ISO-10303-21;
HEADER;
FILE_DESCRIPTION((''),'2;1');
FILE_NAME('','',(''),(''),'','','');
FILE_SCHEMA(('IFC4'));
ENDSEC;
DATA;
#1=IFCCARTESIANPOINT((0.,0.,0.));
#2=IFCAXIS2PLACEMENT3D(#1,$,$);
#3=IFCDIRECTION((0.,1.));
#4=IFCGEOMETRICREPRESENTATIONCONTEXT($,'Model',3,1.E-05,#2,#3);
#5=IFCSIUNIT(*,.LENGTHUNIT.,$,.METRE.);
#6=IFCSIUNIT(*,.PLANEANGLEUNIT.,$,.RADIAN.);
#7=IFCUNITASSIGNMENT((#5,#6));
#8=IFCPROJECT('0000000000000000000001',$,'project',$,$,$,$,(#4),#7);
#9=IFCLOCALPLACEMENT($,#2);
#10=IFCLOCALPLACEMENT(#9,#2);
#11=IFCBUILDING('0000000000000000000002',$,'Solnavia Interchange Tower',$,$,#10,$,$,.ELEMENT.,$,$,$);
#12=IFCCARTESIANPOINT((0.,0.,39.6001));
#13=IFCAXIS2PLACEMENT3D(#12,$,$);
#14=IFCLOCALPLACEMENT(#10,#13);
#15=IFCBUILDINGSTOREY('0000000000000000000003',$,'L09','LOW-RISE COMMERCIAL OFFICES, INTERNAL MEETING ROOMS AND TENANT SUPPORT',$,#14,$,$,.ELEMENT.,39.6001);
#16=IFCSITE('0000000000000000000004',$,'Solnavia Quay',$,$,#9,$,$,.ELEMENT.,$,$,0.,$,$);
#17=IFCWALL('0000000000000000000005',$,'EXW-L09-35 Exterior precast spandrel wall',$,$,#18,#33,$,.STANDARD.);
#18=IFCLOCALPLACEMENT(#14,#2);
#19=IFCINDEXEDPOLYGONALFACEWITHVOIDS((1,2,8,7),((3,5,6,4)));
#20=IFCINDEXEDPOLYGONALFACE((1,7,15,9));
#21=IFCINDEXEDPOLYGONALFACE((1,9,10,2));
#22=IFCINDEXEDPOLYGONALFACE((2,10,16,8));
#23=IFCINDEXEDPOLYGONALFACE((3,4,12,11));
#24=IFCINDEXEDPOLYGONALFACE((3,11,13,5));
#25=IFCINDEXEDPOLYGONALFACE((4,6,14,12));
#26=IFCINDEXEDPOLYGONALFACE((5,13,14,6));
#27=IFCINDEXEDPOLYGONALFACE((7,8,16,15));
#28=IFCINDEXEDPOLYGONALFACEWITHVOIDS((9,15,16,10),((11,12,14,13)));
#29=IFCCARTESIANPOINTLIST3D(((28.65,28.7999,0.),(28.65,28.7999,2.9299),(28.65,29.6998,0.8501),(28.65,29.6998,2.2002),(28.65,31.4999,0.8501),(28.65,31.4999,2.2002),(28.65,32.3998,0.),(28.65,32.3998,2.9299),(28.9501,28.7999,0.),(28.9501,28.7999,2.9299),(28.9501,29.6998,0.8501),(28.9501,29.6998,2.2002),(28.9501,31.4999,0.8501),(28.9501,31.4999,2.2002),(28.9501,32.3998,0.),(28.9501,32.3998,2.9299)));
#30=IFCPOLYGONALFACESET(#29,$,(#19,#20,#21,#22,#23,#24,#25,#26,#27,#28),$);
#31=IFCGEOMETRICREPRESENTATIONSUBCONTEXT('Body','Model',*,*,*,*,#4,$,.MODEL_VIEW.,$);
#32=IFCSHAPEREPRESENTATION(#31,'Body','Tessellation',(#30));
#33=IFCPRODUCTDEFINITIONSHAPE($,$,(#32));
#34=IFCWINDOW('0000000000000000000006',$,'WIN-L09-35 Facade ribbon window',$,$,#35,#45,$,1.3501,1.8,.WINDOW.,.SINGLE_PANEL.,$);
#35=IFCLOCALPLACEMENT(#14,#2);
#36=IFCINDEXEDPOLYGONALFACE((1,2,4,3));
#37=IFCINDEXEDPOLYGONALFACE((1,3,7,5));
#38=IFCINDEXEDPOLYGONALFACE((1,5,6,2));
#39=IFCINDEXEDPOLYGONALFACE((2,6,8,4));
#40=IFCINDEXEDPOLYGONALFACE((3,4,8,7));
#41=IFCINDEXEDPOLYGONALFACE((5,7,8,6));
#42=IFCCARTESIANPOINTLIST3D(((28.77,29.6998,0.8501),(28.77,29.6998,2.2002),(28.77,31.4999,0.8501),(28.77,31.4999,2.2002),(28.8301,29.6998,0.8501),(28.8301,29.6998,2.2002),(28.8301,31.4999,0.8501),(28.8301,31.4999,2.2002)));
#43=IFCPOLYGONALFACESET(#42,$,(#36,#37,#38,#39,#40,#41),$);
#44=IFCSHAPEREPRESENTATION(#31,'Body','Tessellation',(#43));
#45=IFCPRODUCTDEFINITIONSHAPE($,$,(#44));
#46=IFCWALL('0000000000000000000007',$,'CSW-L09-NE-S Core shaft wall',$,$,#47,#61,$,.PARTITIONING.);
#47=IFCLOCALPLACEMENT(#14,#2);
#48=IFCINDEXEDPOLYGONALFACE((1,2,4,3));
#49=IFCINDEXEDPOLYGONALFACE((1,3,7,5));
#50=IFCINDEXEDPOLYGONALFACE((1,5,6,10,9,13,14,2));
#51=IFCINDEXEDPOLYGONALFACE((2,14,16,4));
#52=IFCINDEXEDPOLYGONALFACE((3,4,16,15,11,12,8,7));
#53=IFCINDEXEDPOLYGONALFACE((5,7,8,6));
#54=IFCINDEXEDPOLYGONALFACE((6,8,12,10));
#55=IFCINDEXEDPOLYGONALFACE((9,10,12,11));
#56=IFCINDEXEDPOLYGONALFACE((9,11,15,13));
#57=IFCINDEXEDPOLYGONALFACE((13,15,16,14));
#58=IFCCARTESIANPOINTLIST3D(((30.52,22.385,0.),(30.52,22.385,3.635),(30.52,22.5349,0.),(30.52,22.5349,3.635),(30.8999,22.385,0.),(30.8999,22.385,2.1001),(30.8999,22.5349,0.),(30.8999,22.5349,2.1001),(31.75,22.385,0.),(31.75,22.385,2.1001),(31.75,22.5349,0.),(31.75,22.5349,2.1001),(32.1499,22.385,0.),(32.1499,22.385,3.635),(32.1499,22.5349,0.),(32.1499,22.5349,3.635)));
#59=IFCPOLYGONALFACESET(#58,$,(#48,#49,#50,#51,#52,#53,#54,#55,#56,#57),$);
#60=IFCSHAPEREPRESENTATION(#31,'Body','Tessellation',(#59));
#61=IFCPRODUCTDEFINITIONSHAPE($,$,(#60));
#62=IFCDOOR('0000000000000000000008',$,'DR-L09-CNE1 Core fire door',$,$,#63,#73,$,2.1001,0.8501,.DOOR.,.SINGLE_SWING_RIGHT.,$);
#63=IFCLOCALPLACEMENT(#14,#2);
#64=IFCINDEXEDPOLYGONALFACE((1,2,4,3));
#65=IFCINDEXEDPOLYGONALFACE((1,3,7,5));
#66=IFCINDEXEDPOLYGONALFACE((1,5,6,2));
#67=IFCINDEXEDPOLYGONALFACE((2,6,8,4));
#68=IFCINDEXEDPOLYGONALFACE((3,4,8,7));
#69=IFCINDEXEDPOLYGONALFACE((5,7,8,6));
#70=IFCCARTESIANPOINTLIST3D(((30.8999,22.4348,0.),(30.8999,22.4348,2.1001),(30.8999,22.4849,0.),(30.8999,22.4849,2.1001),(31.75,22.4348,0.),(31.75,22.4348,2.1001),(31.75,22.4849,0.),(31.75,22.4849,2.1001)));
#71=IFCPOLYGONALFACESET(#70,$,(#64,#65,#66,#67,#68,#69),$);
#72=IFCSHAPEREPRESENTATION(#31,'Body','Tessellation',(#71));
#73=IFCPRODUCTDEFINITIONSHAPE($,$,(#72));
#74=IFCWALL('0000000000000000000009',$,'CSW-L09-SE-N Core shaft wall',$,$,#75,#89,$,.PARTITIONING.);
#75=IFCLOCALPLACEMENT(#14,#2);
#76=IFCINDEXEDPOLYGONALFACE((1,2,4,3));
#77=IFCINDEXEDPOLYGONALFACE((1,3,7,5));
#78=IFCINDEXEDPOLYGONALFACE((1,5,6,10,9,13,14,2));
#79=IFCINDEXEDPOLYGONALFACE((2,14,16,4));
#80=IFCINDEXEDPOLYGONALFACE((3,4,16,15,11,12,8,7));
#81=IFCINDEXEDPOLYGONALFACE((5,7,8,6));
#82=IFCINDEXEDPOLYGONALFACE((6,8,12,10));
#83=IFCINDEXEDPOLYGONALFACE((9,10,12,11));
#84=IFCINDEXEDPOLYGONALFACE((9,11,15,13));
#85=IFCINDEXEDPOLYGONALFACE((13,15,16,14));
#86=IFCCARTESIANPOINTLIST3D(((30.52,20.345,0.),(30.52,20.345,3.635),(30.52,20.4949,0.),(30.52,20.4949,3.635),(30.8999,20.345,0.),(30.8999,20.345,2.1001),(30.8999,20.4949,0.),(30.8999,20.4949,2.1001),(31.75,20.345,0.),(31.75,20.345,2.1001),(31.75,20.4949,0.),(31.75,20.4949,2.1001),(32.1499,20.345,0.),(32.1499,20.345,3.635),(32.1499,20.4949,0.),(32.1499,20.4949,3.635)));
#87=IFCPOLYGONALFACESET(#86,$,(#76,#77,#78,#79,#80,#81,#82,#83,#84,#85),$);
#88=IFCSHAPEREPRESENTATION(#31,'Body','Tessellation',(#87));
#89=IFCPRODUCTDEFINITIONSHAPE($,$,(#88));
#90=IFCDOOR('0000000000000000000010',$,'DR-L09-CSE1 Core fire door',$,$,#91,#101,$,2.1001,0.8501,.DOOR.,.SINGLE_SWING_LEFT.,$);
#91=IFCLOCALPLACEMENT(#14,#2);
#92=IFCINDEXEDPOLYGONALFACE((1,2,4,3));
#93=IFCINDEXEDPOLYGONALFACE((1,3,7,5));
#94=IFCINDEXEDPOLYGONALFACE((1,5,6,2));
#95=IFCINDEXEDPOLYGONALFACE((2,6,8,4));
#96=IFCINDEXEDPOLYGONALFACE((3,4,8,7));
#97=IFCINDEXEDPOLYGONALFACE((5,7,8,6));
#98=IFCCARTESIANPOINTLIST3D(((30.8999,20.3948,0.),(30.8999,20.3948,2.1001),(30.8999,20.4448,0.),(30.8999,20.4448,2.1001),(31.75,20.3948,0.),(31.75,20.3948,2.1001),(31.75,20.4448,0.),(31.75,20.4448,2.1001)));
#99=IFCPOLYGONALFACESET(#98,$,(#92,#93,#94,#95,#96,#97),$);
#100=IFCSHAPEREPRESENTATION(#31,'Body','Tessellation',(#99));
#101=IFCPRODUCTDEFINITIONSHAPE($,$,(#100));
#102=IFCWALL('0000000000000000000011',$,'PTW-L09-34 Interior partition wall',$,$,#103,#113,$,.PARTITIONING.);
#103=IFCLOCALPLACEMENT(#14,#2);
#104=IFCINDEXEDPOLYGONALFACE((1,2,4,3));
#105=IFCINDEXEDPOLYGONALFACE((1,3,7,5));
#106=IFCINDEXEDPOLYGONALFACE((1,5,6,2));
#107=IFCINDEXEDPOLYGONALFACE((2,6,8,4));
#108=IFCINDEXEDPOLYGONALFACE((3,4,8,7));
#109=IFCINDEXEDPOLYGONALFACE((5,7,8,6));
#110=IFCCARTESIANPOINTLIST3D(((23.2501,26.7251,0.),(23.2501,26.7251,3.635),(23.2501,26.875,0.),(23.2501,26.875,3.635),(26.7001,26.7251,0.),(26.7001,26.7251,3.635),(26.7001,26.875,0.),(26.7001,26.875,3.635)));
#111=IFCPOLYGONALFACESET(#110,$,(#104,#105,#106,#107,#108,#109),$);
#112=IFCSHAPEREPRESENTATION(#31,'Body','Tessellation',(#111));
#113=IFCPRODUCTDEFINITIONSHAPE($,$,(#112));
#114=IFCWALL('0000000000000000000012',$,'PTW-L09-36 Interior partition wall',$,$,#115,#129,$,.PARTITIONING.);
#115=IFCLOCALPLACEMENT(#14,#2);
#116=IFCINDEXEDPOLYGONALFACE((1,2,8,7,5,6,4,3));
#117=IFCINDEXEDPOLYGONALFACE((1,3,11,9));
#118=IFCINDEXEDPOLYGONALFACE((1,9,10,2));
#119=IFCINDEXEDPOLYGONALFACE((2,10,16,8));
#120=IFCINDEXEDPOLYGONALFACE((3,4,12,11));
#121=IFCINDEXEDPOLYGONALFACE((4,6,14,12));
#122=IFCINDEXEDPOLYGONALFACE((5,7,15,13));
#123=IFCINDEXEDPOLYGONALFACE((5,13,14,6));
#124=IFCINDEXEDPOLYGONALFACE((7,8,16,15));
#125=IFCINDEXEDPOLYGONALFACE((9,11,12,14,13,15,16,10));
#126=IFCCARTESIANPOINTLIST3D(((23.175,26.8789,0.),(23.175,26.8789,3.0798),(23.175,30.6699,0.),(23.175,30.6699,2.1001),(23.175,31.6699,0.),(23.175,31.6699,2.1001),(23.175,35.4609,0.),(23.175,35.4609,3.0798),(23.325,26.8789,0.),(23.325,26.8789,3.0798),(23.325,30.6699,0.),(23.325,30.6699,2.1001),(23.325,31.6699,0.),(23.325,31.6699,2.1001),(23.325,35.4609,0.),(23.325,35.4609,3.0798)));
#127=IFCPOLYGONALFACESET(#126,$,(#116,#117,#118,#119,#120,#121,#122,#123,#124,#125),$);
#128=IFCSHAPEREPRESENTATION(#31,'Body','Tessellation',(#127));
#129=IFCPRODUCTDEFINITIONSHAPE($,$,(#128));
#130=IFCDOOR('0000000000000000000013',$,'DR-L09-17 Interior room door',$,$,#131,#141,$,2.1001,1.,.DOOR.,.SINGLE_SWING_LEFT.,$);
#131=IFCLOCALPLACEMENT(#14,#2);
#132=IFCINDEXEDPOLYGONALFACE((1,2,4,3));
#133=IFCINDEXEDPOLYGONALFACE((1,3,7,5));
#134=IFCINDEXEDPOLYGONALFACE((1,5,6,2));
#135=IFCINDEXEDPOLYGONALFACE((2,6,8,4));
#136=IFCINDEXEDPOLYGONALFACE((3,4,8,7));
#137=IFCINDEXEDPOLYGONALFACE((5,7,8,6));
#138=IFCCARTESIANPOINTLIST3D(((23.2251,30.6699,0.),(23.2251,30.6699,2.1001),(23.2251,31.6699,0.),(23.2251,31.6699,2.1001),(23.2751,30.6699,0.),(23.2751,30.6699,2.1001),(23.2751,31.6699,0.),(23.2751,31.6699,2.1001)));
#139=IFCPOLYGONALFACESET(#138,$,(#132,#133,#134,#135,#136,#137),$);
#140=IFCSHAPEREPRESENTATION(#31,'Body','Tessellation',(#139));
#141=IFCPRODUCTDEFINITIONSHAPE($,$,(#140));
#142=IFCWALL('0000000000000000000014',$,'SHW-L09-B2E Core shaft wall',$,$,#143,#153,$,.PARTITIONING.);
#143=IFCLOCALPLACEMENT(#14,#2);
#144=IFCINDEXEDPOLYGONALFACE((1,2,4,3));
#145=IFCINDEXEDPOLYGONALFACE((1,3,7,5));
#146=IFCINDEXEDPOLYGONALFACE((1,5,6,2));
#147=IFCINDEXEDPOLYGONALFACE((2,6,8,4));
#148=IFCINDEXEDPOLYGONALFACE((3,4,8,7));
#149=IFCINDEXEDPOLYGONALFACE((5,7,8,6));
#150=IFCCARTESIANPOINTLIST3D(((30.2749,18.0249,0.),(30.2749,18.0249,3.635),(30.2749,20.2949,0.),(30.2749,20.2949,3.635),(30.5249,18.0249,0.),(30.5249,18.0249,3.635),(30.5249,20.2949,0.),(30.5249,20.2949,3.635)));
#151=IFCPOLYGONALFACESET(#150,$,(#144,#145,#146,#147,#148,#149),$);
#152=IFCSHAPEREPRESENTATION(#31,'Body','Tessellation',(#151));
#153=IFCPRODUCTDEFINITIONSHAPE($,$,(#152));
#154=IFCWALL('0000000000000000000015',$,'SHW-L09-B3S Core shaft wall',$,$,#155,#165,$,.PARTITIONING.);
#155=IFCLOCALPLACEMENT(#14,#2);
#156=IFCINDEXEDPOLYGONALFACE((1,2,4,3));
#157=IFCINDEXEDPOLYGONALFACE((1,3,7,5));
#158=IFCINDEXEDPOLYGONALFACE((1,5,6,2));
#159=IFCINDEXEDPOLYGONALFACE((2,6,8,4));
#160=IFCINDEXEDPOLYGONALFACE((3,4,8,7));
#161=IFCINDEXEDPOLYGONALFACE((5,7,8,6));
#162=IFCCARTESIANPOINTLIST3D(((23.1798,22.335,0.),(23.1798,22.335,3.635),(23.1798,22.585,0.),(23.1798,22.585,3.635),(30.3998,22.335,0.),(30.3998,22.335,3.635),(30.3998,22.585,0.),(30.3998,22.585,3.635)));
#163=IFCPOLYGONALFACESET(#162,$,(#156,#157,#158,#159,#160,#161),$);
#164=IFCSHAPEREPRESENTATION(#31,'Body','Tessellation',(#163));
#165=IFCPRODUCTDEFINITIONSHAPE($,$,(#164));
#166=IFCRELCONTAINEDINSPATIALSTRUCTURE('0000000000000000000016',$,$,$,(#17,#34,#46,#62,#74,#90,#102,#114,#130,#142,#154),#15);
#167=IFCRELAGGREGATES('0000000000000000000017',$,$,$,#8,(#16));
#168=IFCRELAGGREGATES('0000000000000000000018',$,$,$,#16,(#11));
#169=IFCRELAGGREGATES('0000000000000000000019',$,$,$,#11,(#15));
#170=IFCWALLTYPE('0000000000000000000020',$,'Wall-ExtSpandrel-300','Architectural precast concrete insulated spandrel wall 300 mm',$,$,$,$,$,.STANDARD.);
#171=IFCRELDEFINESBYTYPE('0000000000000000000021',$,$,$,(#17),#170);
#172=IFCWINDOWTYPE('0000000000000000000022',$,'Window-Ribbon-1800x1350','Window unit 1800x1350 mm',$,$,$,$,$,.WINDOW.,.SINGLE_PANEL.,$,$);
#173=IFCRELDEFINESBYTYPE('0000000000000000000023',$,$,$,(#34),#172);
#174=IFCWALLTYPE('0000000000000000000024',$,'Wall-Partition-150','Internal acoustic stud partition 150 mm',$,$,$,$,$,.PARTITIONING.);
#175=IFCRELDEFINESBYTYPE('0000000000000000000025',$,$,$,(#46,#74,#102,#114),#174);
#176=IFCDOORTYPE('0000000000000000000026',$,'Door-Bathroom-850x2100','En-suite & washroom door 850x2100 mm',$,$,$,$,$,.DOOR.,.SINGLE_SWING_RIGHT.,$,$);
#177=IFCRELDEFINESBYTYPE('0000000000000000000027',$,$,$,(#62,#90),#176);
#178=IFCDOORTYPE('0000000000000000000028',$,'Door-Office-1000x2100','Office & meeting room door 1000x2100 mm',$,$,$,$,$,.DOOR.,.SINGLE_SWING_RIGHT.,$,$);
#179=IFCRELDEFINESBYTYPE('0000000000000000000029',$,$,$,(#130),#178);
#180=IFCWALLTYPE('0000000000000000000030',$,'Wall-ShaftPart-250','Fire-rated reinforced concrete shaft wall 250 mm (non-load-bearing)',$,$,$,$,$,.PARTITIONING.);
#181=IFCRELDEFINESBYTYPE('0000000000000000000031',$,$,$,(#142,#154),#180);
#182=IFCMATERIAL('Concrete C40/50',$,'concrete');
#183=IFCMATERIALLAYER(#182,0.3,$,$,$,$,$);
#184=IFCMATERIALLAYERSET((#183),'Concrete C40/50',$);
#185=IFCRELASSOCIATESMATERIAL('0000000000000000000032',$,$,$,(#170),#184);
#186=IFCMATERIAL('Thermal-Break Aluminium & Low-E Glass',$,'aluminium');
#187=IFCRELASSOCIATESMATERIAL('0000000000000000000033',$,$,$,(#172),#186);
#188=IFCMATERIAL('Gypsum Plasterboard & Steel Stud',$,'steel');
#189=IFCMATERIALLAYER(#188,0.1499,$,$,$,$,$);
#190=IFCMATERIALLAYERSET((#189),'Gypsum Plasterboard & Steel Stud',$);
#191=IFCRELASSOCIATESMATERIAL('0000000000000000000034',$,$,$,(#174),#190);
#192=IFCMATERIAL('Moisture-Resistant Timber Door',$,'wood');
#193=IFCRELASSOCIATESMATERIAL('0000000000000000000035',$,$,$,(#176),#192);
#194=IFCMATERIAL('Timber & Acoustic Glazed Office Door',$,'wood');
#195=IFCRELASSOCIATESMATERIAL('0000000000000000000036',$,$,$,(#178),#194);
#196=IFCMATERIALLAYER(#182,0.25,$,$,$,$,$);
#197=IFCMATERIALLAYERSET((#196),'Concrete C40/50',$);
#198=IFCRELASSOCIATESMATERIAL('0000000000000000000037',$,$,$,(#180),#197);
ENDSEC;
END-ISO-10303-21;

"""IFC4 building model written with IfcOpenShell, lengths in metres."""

from ifc_helpers import new_model, si_unit, direction, frame, frame_2d, origin, place, context, subcontext, project, spatial, rectangle, extrude, material, layer, layer_set, type_object, element, fill, save


model = new_model("IFC4")

# Units and contexts
model_context = context("Model", 3, precision=1e-05, world=origin(), true_north=direction((0.0, 1.0)))
body_context = subcontext(model_context, "Body", "Model", "MODEL_VIEW")
ifc_project = project(units=[si_unit("LENGTHUNIT", "METRE"), si_unit("PLANEANGLEUNIT", "RADIAN")], contexts=[model_context])

# Site, building, storey
site_placement = place(None, origin())
site = spatial("IfcSite", under=ifc_project, at=site_placement, Name="Solnavia Quay", CompositionType="ELEMENT", RefElevation=0.0)
building_placement = place(site_placement, origin())
building = spatial("IfcBuilding", under=site, at=building_placement, Name="Solnavia Interchange Tower", CompositionType="ELEMENT")
storey_placement = place(building_placement, frame((0.0, 0.0, 39.6001)))
storey = spatial("IfcBuildingStorey", under=building, at=storey_placement, Name="L09", Description="LOW-RISE COMMERCIAL OFFICES, INTERNAL MEETING ROOMS AND TENANT SUPPORT", CompositionType="ELEMENT", Elevation=39.6001)

# Shared definitions
ifc_material_1 = material(Name="Concrete C40/50", Category="concrete")
ifc_layer_1 = layer(ifc_material_1, 0.3)
ifc_layer_set_1 = layer_set([ifc_layer_1], Name="Concrete C40/50")
wall_type_1 = type_object("IfcWallType", Name="Wall-ExtSpandrel-300", Description="Architectural precast concrete insulated spandrel wall 300 mm", PredefinedType="STANDARD", material=ifc_layer_set_1)

# Wall, opening, window
ifc_material_2 = material(Name="Thermal-Break Aluminium & Low-E Glass", Category="aluminium")
window_type = type_object("IfcWindowType", Name="Window-Ribbon-1800x1350", Description="Window unit 1800x1350 mm", PartitioningType="SINGLE_PANEL", PredefinedType="WINDOW", material=ifc_material_2)
wall_1_placement = place(storey_placement, frame((28.8, 28.8, 0.0), z_axis=(0.0, 0.0, 1.0), x_axis=(0.0, 1.0, 0.0)))
wall_1 = element("IfcWall", 1, at=wall_1_placement, inside=storey, type_object=wall_type_1, Name="EXW-L09-35 Exterior precast spandrel wall", PredefinedType="STANDARD", context=body_context, shape_type="SweptSolid", body=[
    extrude(rectangle(XDim=3.5999, YDim=0.3, at=frame_2d((1.7998, 0.0))), origin(), (0.0, 0.0, 1.0), 2.9299),
])
opening_1_placement = place(wall_1_placement, frame((0.8999, 0.0, 0.8501)))
opening_1 = element("IfcOpeningElement", 2, at=opening_1_placement, cuts=wall_1, PredefinedType="OPENING", context=body_context, shape_type="SweptSolid", body=[
    extrude(rectangle(XDim=1.8, YDim=1.3501, at=frame_2d((0.8999, 0.675))), frame((0.0, 0.1602, 0.0), z_axis=(0.0, -1.0, 0.0), x_axis=(1.0, 0.0, 0.0)), (0.0, 0.0, 1.0), 0.3201),
])
window_1_placement = place(opening_1_placement, origin())
window_1 = element("IfcWindow", 3, at=window_1_placement, inside=storey, type_object=window_type, Name="WIN-L09-35 Facade ribbon window", OverallHeight=1.3501, OverallWidth=1.8, PartitioningType="SINGLE_PANEL", PredefinedType="WINDOW", context=body_context, shape_type="SweptSolid", body=[
    extrude(rectangle(XDim=1.8, YDim=1.3501, at=frame_2d((0.8999, 0.675))), frame((0.0, 0.03, 0.0), z_axis=(0.0, -1.0, 0.0), x_axis=(1.0, 0.0, 0.0)), (0.0, 0.0, 1.0), 0.0601),
])
fill(opening_1, window_1)

# Walls, openings, doors
ifc_material_3 = material(Name="Gypsum Plasterboard & Steel Stud", Category="steel")
ifc_layer_2 = layer(ifc_material_3, 0.1499)
ifc_layer_set_2 = layer_set([ifc_layer_2], Name="Gypsum Plasterboard & Steel Stud")
wall_type_2 = type_object("IfcWallType", Name="Wall-Partition-150", Description="Internal acoustic stud partition 150 mm", PredefinedType="PARTITIONING", material=ifc_layer_set_2)
wall_2_placement = place(storey_placement, frame((30.52, 22.46, 0.0), z_axis=(0.0, 0.0, 1.0), x_axis=(1.0, 0.0, 0.0)))
wall_2 = element("IfcWall", 4, at=wall_2_placement, inside=storey, type_object=wall_type_2, Name="CSW-L09-NE-S Core shaft wall", PredefinedType="PARTITIONING", context=body_context, shape_type="SweptSolid", body=[
    extrude(rectangle(XDim=1.6299, YDim=0.1499, at=frame_2d((0.8149, 0.0))), origin(), (0.0, 0.0, 1.0), 3.635),
])
opening_2_placement = place(wall_2_placement, frame((0.3799, 0.0, 0.0)))
opening_2 = element("IfcOpeningElement", 5, at=opening_2_placement, cuts=wall_2, PredefinedType="OPENING", context=body_context, shape_type="SweptSolid", body=[
    extrude(rectangle(XDim=0.8501, YDim=2.1001, at=frame_2d((0.425, 1.05))), frame((0.0, 0.085, 0.0), z_axis=(0.0, -1.0, 0.0), x_axis=(1.0, 0.0, 0.0)), (0.0, 0.0, 1.0), 0.1699),
])
ifc_material_4 = material(Name="Moisture-Resistant Timber Door", Category="wood")
door_type_1 = type_object("IfcDoorType", Name="Door-Bathroom-850x2100", Description="En-suite & washroom door 850x2100 mm", OperationType="SINGLE_SWING_RIGHT", PredefinedType="DOOR", material=ifc_material_4)
door_1_placement = place(opening_2_placement, origin())
door_1 = element("IfcDoor", 6, at=door_1_placement, inside=storey, type_object=door_type_1, Name="DR-L09-CNE1 Core fire door", OperationType="SINGLE_SWING_RIGHT", OverallHeight=2.1001, OverallWidth=0.8501, PredefinedType="DOOR", context=body_context, shape_type="SweptSolid", body=[
    extrude(rectangle(XDim=0.8501, YDim=2.1001, at=frame_2d((0.425, 1.05))), frame((0.0, 0.0249, 0.0), z_axis=(0.0, -1.0, 0.0), x_axis=(1.0, 0.0, 0.0)), (0.0, 0.0, 1.0), 0.05),
])
fill(opening_2, door_1)
wall_3_placement = place(storey_placement, frame((30.52, 20.4199, 0.0), z_axis=(0.0, 0.0, 1.0), x_axis=(1.0, 0.0, 0.0)))
wall_3 = element("IfcWall", 7, at=wall_3_placement, inside=storey, type_object=wall_type_2, Name="CSW-L09-SE-N Core shaft wall", PredefinedType="PARTITIONING", context=body_context, shape_type="SweptSolid", body=[
    extrude(rectangle(XDim=1.6299, YDim=0.1499, at=frame_2d((0.8149, 0.0))), origin(), (0.0, 0.0, 1.0), 3.635),
])
opening_3_placement = place(wall_3_placement, frame((0.3799, 0.0, 0.0)))
opening_3 = element("IfcOpeningElement", 8, at=opening_3_placement, cuts=wall_3, PredefinedType="OPENING", context=body_context, shape_type="SweptSolid", body=[
    extrude(rectangle(XDim=0.8501, YDim=2.1001, at=frame_2d((0.425, 1.05))), frame((0.0, 0.085, 0.0), z_axis=(0.0, -1.0, 0.0), x_axis=(1.0, 0.0, 0.0)), (0.0, 0.0, 1.0), 0.1699),
])
door_2_placement = place(opening_3_placement, origin())
door_2 = element("IfcDoor", 9, at=door_2_placement, inside=storey, type_object=door_type_1, Name="DR-L09-CSE1 Core fire door", OperationType="SINGLE_SWING_LEFT", OverallHeight=2.1001, OverallWidth=0.8501, PredefinedType="DOOR", context=body_context, shape_type="SweptSolid", body=[
    extrude(rectangle(XDim=0.8501, YDim=2.1001, at=frame_2d((0.425, 1.05))), frame((0.0, 0.0249, 0.0), z_axis=(0.0, -1.0, 0.0), x_axis=(1.0, 0.0, 0.0)), (0.0, 0.0, 1.0), 0.05),
])
fill(opening_3, door_2)

# Wall
wall_4_placement = place(storey_placement, frame((23.25, 26.8, 0.0), z_axis=(0.0, 0.0, 1.0), x_axis=(1.0, 0.0, 0.0)))
element("IfcWall", 10, at=wall_4_placement, inside=storey, type_object=wall_type_2, Name="PTW-L09-34 Interior partition wall", PredefinedType="PARTITIONING", context=body_context, shape_type="SweptSolid", body=[
    extrude(rectangle(XDim=3.45, YDim=0.1499, at=frame_2d((1.7251, 0.0))), origin(), (0.0, 0.0, 1.0), 3.635),
])

# Wall, opening, door
wall_5_placement = place(storey_placement, frame((23.25, 26.8789, 0.0), z_axis=(0.0, 0.0, 1.0), x_axis=(0.0, 1.0, 0.0)))
wall_5 = element("IfcWall", 11, at=wall_5_placement, inside=storey, type_object=wall_type_2, Name="PTW-L09-36 Interior partition wall", PredefinedType="PARTITIONING", context=body_context, shape_type="SweptSolid", body=[
    extrude(rectangle(XDim=8.582, YDim=0.1499, at=frame_2d((4.291, 0.0))), origin(), (0.0, 0.0, 1.0), 3.0798),
])
opening_4_placement = place(wall_5_placement, frame((3.791, 0.0, 0.0)))
opening_4 = element("IfcOpeningElement", 12, at=opening_4_placement, cuts=wall_5, PredefinedType="OPENING", context=body_context, shape_type="SweptSolid", body=[
    extrude(rectangle(XDim=1.0, YDim=2.1001, at=frame_2d((0.5, 1.05))), frame((0.0, 0.085, 0.0), z_axis=(0.0, -1.0, 0.0), x_axis=(1.0, 0.0, 0.0)), (0.0, 0.0, 1.0), 0.1699),
])
ifc_material_5 = material(Name="Timber & Acoustic Glazed Office Door", Category="wood")
door_type_2 = type_object("IfcDoorType", Name="Door-Office-1000x2100", Description="Office & meeting room door 1000x2100 mm", OperationType="SINGLE_SWING_RIGHT", PredefinedType="DOOR", material=ifc_material_5)
door_3_placement = place(opening_4_placement, origin())
door_3 = element("IfcDoor", 13, at=door_3_placement, inside=storey, type_object=door_type_2, Name="DR-L09-17 Interior room door", OperationType="SINGLE_SWING_LEFT", OverallHeight=2.1001, OverallWidth=1.0, PredefinedType="DOOR", context=body_context, shape_type="SweptSolid", body=[
    extrude(rectangle(XDim=1.0, YDim=2.1001, at=frame_2d((0.5, 1.05))), frame((0.0, 0.0249, 0.0), z_axis=(0.0, -1.0, 0.0), x_axis=(1.0, 0.0, 0.0)), (0.0, 0.0, 1.0), 0.05),
])
fill(opening_4, door_3)

# Walls
ifc_layer_3 = layer(ifc_material_1, 0.25)
ifc_layer_set_3 = layer_set([ifc_layer_3], Name="Concrete C40/50")
wall_type_3 = type_object("IfcWallType", Name="Wall-ShaftPart-250", Description="Fire-rated reinforced concrete shaft wall 250 mm (non-load-bearing)", PredefinedType="PARTITIONING", material=ifc_layer_set_3)
wall_6_placement = place(storey_placement, frame((30.3999, 18.0249, 0.0), z_axis=(0.0, 0.0, 1.0), x_axis=(0.0, 1.0, 0.0)))
element("IfcWall", 14, at=wall_6_placement, inside=storey, type_object=wall_type_3, Name="SHW-L09-B2E Core shaft wall", PredefinedType="PARTITIONING", context=body_context, shape_type="SweptSolid", body=[
    extrude(rectangle(XDim=2.27, YDim=0.25, at=frame_2d((1.135, 0.0))), origin(), (0.0, 0.0, 1.0), 3.635),
])
wall_7_placement = place(storey_placement, frame((23.1799, 22.46, 0.0), z_axis=(0.0, 0.0, 1.0), x_axis=(1.0, 0.0, 0.0)))
element("IfcWall", 15, at=wall_7_placement, inside=storey, type_object=wall_type_3, Name="SHW-L09-B3S Core shaft wall", PredefinedType="PARTITIONING", context=body_context, shape_type="SweptSolid", body=[
    extrude(rectangle(XDim=7.22, YDim=0.25, at=frame_2d((3.6099, 0.0))), origin(), (0.0, 0.0, 1.0), 3.635),
])

save(model, "model.ifc")
